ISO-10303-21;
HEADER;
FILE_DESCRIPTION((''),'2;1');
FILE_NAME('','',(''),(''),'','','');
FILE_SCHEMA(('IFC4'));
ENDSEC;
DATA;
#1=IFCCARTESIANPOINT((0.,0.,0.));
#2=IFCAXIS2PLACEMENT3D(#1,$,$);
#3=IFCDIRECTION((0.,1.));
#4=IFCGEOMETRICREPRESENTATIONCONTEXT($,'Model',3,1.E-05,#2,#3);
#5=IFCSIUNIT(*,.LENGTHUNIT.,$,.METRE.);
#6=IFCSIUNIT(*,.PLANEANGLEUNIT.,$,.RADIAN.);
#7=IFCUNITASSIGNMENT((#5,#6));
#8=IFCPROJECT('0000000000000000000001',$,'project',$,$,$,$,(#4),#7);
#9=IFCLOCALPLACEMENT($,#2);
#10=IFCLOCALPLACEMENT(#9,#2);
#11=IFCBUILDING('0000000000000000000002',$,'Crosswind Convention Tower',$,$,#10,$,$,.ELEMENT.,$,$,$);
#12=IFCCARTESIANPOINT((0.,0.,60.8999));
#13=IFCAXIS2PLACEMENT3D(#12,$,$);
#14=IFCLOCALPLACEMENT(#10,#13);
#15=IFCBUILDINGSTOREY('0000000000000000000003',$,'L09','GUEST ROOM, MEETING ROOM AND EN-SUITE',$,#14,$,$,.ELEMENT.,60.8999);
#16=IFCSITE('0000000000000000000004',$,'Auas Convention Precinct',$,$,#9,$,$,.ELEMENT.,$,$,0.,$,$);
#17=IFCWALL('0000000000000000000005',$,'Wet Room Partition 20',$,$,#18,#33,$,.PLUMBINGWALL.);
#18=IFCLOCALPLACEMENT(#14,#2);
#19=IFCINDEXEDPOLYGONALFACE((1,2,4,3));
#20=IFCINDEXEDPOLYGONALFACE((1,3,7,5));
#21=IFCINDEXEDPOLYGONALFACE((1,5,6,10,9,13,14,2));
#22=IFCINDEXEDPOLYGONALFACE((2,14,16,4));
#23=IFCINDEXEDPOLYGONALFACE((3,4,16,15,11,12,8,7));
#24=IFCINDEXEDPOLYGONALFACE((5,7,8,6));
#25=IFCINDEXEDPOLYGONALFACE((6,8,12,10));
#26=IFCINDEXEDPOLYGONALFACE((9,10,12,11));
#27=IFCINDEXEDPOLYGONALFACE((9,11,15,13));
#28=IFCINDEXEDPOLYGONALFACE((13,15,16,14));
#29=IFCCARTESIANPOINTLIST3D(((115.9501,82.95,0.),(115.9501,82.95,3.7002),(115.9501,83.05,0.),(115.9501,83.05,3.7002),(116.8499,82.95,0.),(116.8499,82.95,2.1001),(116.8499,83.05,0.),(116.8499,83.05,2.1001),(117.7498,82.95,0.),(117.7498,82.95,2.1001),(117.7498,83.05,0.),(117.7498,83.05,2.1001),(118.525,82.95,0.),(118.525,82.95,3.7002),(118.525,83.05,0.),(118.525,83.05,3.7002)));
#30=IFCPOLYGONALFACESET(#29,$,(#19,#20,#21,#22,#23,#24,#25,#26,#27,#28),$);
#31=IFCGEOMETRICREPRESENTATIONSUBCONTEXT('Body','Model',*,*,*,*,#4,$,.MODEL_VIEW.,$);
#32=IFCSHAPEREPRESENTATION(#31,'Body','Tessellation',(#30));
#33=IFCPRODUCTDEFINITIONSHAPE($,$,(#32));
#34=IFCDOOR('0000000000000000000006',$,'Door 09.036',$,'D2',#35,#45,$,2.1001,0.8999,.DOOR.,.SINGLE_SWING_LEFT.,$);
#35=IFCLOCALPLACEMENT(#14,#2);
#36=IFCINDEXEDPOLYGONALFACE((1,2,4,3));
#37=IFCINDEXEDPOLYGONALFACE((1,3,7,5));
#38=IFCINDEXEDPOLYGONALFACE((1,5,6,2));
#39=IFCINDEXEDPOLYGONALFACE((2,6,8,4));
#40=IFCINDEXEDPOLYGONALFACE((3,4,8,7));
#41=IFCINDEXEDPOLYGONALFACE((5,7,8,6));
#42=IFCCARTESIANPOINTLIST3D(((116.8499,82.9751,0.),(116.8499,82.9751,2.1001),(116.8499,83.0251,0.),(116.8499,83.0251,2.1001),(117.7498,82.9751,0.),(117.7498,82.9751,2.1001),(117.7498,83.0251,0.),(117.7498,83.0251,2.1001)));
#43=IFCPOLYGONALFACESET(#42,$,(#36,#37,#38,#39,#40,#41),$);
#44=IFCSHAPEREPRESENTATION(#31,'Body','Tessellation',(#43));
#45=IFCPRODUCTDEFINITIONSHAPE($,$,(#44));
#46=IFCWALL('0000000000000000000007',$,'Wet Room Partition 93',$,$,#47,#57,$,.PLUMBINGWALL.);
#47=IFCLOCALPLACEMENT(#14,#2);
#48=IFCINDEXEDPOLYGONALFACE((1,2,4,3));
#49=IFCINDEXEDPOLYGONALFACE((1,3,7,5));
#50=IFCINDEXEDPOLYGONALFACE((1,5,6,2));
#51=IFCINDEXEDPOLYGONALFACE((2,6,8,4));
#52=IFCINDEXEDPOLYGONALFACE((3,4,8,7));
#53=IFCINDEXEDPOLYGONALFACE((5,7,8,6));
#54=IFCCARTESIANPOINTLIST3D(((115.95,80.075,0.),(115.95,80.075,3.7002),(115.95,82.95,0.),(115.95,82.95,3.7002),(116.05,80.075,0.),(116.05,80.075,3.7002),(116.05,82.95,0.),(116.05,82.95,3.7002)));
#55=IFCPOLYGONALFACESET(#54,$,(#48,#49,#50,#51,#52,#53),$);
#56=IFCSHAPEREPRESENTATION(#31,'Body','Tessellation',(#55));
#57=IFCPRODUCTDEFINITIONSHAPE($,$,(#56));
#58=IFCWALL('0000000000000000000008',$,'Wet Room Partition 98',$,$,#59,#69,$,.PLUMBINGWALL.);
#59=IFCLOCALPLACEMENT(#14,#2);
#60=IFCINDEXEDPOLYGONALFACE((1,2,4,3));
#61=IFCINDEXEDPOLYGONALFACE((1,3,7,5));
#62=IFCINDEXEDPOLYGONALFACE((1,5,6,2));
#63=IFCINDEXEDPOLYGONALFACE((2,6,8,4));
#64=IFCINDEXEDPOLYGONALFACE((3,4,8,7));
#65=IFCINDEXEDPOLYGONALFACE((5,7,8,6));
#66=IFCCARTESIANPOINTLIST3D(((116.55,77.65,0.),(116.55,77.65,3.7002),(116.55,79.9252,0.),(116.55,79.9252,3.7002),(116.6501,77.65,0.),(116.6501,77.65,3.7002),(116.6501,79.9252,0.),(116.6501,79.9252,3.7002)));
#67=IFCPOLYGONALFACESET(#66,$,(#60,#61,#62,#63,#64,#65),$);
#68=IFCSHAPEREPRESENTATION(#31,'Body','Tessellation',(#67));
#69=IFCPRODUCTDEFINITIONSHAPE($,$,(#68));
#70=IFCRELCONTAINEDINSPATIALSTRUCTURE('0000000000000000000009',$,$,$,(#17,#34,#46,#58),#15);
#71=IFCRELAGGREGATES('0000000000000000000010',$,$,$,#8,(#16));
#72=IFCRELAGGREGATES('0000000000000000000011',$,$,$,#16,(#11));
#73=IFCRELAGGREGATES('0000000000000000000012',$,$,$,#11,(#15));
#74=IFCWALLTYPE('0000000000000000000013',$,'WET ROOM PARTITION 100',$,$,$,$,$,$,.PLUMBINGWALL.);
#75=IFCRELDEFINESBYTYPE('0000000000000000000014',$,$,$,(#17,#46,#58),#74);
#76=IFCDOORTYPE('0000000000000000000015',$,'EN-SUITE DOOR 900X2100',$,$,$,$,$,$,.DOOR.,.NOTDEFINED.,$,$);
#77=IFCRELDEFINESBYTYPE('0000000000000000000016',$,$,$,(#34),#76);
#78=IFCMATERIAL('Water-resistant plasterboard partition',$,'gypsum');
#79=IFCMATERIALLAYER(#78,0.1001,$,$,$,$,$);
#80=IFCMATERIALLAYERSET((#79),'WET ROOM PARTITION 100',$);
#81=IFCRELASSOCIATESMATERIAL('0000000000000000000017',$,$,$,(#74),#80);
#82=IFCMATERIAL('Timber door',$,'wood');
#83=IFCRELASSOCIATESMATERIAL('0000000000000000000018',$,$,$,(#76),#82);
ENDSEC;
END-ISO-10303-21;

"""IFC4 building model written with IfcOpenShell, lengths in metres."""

from ifc_helpers import new_model, si_unit, direction, frame, frame_2d, origin, place, context, subcontext, project, spatial, rectangle, extrude, material, layer, layer_set, type_object, element, fill, save


model = new_model("IFC4")

# Units and contexts
model_context = context("Model", 3, precision=1e-05, world=origin(), true_north=direction((0.0, 1.0)))
body_context = subcontext(model_context, "Body", "Model", "MODEL_VIEW")
ifc_project = project(units=[si_unit("LENGTHUNIT", "METRE"), si_unit("PLANEANGLEUNIT", "RADIAN")], contexts=[model_context])

# Site, building, storey
site_placement = place(None, origin())
site = spatial("IfcSite", under=ifc_project, at=site_placement, Name="Auas Convention Precinct", CompositionType="ELEMENT", RefElevation=0.0)
building_placement = place(site_placement, origin())
building = spatial("IfcBuilding", under=site, at=building_placement, Name="Crosswind Convention Tower", CompositionType="ELEMENT")
storey_placement = place(building_placement, frame((0.0, 0.0, 60.8999)))
storey = spatial("IfcBuildingStorey", under=building, at=storey_placement, Name="L09", Description="GUEST ROOM, MEETING ROOM AND EN-SUITE", CompositionType="ELEMENT", Elevation=60.8999)

# Wall, opening, door
ifc_material_1 = material(Name="Water-resistant plasterboard partition", Category="gypsum")
ifc_layer_1 = layer(ifc_material_1, 0.1001)
ifc_layer_set_1 = layer_set([ifc_layer_1], Name="WET ROOM PARTITION 100")
wall_type_1 = type_object("IfcWallType", Name="WET ROOM PARTITION 100", PredefinedType="PLUMBINGWALL", material=ifc_layer_set_1)
ifc_material_2 = material(Name="Timber door", Category="wood")
door_type_1 = type_object("IfcDoorType", Name="EN-SUITE DOOR 900X2100", OperationType="NOTDEFINED", PredefinedType="DOOR", material=ifc_material_2)
wall_1_placement = place(storey_placement, frame((115.95, 83.0, 0.0), z_axis=(0.0, 0.0, 1.0), x_axis=(1.0, 0.0, 0.0)))
wall_1 = element("IfcWall", 1, at=wall_1_placement, inside=storey, type_object=wall_type_1, Name="Wet Room Partition 20", PredefinedType="PLUMBINGWALL", context=body_context, shape_type="SweptSolid", body=[
    extrude(rectangle(XDim=2.575, YDim=0.1001, at=frame_2d((1.2876, 0.0))), origin(), (0.0, 0.0, 1.0), 3.7002),
])
opening_1_placement = place(wall_1_placement, frame((0.8999, 0.0, 0.0)))
opening_1 = element("IfcOpeningElement", 2, at=opening_1_placement, cuts=wall_1, PredefinedType="OPENING", context=body_context, shape_type="SweptSolid", body=[
    extrude(rectangle(XDim=0.8999, YDim=2.1001, at=frame_2d((0.45, 1.05))), frame((0.0, 0.0601, 0.0), z_axis=(0.0, -1.0, 0.0), x_axis=(1.0, 0.0, 0.0)), (0.0, 0.0, 1.0), 0.1201),
])
door_1_placement = place(opening_1_placement, frame((0.8999, 0.0, 0.0), z_axis=(0.0, 0.0, 1.0), x_axis=(-1.0, 0.0, 0.0)))
door_1 = element("IfcDoor", 3, at=door_1_placement, inside=storey, type_object=door_type_1, Name="Door 09.036", ObjectType="D2", OperationType="SINGLE_SWING_LEFT", OverallHeight=2.1001, OverallWidth=0.8999, PredefinedType="DOOR", context=body_context, shape_type="SweptSolid", body=[
    extrude(rectangle(XDim=0.8999, YDim=2.1001, at=frame_2d((0.45, 1.05))), frame((0.0, 0.0249, 0.0), z_axis=(0.0, -1.0, 0.0), x_axis=(1.0, 0.0, 0.0)), (0.0, 0.0, 1.0), 0.05),
])
fill(opening_1, door_1)

# Walls
wall_2_placement = place(storey_placement, frame((116.0, 80.075, 0.0), z_axis=(0.0, 0.0, 1.0), x_axis=(0.0, 1.0, 0.0)))
element("IfcWall", 4, at=wall_2_placement, inside=storey, type_object=wall_type_1, Name="Wet Room Partition 93", PredefinedType="PLUMBINGWALL", context=body_context, shape_type="SweptSolid", body=[
    extrude(rectangle(XDim=2.875, YDim=0.1001, at=frame_2d((1.4375, 0.0))), origin(), (0.0, 0.0, 1.0), 3.7002),
])
wall_3_placement = place(storey_placement, frame((116.6001, 77.6499, 0.0), z_axis=(0.0, 0.0, 1.0), x_axis=(0.0, 1.0, 0.0)))
element("IfcWall", 5, at=wall_3_placement, inside=storey, type_object=wall_type_1, Name="Wet Room Partition 98", PredefinedType="PLUMBINGWALL", context=body_context, shape_type="SweptSolid", body=[
    extrude(rectangle(XDim=2.2751, YDim=0.1001, at=frame_2d((1.1377, 0.0))), origin(), (0.0, 0.0, 1.0), 3.7002),
])

save(model, "model.ifc")
